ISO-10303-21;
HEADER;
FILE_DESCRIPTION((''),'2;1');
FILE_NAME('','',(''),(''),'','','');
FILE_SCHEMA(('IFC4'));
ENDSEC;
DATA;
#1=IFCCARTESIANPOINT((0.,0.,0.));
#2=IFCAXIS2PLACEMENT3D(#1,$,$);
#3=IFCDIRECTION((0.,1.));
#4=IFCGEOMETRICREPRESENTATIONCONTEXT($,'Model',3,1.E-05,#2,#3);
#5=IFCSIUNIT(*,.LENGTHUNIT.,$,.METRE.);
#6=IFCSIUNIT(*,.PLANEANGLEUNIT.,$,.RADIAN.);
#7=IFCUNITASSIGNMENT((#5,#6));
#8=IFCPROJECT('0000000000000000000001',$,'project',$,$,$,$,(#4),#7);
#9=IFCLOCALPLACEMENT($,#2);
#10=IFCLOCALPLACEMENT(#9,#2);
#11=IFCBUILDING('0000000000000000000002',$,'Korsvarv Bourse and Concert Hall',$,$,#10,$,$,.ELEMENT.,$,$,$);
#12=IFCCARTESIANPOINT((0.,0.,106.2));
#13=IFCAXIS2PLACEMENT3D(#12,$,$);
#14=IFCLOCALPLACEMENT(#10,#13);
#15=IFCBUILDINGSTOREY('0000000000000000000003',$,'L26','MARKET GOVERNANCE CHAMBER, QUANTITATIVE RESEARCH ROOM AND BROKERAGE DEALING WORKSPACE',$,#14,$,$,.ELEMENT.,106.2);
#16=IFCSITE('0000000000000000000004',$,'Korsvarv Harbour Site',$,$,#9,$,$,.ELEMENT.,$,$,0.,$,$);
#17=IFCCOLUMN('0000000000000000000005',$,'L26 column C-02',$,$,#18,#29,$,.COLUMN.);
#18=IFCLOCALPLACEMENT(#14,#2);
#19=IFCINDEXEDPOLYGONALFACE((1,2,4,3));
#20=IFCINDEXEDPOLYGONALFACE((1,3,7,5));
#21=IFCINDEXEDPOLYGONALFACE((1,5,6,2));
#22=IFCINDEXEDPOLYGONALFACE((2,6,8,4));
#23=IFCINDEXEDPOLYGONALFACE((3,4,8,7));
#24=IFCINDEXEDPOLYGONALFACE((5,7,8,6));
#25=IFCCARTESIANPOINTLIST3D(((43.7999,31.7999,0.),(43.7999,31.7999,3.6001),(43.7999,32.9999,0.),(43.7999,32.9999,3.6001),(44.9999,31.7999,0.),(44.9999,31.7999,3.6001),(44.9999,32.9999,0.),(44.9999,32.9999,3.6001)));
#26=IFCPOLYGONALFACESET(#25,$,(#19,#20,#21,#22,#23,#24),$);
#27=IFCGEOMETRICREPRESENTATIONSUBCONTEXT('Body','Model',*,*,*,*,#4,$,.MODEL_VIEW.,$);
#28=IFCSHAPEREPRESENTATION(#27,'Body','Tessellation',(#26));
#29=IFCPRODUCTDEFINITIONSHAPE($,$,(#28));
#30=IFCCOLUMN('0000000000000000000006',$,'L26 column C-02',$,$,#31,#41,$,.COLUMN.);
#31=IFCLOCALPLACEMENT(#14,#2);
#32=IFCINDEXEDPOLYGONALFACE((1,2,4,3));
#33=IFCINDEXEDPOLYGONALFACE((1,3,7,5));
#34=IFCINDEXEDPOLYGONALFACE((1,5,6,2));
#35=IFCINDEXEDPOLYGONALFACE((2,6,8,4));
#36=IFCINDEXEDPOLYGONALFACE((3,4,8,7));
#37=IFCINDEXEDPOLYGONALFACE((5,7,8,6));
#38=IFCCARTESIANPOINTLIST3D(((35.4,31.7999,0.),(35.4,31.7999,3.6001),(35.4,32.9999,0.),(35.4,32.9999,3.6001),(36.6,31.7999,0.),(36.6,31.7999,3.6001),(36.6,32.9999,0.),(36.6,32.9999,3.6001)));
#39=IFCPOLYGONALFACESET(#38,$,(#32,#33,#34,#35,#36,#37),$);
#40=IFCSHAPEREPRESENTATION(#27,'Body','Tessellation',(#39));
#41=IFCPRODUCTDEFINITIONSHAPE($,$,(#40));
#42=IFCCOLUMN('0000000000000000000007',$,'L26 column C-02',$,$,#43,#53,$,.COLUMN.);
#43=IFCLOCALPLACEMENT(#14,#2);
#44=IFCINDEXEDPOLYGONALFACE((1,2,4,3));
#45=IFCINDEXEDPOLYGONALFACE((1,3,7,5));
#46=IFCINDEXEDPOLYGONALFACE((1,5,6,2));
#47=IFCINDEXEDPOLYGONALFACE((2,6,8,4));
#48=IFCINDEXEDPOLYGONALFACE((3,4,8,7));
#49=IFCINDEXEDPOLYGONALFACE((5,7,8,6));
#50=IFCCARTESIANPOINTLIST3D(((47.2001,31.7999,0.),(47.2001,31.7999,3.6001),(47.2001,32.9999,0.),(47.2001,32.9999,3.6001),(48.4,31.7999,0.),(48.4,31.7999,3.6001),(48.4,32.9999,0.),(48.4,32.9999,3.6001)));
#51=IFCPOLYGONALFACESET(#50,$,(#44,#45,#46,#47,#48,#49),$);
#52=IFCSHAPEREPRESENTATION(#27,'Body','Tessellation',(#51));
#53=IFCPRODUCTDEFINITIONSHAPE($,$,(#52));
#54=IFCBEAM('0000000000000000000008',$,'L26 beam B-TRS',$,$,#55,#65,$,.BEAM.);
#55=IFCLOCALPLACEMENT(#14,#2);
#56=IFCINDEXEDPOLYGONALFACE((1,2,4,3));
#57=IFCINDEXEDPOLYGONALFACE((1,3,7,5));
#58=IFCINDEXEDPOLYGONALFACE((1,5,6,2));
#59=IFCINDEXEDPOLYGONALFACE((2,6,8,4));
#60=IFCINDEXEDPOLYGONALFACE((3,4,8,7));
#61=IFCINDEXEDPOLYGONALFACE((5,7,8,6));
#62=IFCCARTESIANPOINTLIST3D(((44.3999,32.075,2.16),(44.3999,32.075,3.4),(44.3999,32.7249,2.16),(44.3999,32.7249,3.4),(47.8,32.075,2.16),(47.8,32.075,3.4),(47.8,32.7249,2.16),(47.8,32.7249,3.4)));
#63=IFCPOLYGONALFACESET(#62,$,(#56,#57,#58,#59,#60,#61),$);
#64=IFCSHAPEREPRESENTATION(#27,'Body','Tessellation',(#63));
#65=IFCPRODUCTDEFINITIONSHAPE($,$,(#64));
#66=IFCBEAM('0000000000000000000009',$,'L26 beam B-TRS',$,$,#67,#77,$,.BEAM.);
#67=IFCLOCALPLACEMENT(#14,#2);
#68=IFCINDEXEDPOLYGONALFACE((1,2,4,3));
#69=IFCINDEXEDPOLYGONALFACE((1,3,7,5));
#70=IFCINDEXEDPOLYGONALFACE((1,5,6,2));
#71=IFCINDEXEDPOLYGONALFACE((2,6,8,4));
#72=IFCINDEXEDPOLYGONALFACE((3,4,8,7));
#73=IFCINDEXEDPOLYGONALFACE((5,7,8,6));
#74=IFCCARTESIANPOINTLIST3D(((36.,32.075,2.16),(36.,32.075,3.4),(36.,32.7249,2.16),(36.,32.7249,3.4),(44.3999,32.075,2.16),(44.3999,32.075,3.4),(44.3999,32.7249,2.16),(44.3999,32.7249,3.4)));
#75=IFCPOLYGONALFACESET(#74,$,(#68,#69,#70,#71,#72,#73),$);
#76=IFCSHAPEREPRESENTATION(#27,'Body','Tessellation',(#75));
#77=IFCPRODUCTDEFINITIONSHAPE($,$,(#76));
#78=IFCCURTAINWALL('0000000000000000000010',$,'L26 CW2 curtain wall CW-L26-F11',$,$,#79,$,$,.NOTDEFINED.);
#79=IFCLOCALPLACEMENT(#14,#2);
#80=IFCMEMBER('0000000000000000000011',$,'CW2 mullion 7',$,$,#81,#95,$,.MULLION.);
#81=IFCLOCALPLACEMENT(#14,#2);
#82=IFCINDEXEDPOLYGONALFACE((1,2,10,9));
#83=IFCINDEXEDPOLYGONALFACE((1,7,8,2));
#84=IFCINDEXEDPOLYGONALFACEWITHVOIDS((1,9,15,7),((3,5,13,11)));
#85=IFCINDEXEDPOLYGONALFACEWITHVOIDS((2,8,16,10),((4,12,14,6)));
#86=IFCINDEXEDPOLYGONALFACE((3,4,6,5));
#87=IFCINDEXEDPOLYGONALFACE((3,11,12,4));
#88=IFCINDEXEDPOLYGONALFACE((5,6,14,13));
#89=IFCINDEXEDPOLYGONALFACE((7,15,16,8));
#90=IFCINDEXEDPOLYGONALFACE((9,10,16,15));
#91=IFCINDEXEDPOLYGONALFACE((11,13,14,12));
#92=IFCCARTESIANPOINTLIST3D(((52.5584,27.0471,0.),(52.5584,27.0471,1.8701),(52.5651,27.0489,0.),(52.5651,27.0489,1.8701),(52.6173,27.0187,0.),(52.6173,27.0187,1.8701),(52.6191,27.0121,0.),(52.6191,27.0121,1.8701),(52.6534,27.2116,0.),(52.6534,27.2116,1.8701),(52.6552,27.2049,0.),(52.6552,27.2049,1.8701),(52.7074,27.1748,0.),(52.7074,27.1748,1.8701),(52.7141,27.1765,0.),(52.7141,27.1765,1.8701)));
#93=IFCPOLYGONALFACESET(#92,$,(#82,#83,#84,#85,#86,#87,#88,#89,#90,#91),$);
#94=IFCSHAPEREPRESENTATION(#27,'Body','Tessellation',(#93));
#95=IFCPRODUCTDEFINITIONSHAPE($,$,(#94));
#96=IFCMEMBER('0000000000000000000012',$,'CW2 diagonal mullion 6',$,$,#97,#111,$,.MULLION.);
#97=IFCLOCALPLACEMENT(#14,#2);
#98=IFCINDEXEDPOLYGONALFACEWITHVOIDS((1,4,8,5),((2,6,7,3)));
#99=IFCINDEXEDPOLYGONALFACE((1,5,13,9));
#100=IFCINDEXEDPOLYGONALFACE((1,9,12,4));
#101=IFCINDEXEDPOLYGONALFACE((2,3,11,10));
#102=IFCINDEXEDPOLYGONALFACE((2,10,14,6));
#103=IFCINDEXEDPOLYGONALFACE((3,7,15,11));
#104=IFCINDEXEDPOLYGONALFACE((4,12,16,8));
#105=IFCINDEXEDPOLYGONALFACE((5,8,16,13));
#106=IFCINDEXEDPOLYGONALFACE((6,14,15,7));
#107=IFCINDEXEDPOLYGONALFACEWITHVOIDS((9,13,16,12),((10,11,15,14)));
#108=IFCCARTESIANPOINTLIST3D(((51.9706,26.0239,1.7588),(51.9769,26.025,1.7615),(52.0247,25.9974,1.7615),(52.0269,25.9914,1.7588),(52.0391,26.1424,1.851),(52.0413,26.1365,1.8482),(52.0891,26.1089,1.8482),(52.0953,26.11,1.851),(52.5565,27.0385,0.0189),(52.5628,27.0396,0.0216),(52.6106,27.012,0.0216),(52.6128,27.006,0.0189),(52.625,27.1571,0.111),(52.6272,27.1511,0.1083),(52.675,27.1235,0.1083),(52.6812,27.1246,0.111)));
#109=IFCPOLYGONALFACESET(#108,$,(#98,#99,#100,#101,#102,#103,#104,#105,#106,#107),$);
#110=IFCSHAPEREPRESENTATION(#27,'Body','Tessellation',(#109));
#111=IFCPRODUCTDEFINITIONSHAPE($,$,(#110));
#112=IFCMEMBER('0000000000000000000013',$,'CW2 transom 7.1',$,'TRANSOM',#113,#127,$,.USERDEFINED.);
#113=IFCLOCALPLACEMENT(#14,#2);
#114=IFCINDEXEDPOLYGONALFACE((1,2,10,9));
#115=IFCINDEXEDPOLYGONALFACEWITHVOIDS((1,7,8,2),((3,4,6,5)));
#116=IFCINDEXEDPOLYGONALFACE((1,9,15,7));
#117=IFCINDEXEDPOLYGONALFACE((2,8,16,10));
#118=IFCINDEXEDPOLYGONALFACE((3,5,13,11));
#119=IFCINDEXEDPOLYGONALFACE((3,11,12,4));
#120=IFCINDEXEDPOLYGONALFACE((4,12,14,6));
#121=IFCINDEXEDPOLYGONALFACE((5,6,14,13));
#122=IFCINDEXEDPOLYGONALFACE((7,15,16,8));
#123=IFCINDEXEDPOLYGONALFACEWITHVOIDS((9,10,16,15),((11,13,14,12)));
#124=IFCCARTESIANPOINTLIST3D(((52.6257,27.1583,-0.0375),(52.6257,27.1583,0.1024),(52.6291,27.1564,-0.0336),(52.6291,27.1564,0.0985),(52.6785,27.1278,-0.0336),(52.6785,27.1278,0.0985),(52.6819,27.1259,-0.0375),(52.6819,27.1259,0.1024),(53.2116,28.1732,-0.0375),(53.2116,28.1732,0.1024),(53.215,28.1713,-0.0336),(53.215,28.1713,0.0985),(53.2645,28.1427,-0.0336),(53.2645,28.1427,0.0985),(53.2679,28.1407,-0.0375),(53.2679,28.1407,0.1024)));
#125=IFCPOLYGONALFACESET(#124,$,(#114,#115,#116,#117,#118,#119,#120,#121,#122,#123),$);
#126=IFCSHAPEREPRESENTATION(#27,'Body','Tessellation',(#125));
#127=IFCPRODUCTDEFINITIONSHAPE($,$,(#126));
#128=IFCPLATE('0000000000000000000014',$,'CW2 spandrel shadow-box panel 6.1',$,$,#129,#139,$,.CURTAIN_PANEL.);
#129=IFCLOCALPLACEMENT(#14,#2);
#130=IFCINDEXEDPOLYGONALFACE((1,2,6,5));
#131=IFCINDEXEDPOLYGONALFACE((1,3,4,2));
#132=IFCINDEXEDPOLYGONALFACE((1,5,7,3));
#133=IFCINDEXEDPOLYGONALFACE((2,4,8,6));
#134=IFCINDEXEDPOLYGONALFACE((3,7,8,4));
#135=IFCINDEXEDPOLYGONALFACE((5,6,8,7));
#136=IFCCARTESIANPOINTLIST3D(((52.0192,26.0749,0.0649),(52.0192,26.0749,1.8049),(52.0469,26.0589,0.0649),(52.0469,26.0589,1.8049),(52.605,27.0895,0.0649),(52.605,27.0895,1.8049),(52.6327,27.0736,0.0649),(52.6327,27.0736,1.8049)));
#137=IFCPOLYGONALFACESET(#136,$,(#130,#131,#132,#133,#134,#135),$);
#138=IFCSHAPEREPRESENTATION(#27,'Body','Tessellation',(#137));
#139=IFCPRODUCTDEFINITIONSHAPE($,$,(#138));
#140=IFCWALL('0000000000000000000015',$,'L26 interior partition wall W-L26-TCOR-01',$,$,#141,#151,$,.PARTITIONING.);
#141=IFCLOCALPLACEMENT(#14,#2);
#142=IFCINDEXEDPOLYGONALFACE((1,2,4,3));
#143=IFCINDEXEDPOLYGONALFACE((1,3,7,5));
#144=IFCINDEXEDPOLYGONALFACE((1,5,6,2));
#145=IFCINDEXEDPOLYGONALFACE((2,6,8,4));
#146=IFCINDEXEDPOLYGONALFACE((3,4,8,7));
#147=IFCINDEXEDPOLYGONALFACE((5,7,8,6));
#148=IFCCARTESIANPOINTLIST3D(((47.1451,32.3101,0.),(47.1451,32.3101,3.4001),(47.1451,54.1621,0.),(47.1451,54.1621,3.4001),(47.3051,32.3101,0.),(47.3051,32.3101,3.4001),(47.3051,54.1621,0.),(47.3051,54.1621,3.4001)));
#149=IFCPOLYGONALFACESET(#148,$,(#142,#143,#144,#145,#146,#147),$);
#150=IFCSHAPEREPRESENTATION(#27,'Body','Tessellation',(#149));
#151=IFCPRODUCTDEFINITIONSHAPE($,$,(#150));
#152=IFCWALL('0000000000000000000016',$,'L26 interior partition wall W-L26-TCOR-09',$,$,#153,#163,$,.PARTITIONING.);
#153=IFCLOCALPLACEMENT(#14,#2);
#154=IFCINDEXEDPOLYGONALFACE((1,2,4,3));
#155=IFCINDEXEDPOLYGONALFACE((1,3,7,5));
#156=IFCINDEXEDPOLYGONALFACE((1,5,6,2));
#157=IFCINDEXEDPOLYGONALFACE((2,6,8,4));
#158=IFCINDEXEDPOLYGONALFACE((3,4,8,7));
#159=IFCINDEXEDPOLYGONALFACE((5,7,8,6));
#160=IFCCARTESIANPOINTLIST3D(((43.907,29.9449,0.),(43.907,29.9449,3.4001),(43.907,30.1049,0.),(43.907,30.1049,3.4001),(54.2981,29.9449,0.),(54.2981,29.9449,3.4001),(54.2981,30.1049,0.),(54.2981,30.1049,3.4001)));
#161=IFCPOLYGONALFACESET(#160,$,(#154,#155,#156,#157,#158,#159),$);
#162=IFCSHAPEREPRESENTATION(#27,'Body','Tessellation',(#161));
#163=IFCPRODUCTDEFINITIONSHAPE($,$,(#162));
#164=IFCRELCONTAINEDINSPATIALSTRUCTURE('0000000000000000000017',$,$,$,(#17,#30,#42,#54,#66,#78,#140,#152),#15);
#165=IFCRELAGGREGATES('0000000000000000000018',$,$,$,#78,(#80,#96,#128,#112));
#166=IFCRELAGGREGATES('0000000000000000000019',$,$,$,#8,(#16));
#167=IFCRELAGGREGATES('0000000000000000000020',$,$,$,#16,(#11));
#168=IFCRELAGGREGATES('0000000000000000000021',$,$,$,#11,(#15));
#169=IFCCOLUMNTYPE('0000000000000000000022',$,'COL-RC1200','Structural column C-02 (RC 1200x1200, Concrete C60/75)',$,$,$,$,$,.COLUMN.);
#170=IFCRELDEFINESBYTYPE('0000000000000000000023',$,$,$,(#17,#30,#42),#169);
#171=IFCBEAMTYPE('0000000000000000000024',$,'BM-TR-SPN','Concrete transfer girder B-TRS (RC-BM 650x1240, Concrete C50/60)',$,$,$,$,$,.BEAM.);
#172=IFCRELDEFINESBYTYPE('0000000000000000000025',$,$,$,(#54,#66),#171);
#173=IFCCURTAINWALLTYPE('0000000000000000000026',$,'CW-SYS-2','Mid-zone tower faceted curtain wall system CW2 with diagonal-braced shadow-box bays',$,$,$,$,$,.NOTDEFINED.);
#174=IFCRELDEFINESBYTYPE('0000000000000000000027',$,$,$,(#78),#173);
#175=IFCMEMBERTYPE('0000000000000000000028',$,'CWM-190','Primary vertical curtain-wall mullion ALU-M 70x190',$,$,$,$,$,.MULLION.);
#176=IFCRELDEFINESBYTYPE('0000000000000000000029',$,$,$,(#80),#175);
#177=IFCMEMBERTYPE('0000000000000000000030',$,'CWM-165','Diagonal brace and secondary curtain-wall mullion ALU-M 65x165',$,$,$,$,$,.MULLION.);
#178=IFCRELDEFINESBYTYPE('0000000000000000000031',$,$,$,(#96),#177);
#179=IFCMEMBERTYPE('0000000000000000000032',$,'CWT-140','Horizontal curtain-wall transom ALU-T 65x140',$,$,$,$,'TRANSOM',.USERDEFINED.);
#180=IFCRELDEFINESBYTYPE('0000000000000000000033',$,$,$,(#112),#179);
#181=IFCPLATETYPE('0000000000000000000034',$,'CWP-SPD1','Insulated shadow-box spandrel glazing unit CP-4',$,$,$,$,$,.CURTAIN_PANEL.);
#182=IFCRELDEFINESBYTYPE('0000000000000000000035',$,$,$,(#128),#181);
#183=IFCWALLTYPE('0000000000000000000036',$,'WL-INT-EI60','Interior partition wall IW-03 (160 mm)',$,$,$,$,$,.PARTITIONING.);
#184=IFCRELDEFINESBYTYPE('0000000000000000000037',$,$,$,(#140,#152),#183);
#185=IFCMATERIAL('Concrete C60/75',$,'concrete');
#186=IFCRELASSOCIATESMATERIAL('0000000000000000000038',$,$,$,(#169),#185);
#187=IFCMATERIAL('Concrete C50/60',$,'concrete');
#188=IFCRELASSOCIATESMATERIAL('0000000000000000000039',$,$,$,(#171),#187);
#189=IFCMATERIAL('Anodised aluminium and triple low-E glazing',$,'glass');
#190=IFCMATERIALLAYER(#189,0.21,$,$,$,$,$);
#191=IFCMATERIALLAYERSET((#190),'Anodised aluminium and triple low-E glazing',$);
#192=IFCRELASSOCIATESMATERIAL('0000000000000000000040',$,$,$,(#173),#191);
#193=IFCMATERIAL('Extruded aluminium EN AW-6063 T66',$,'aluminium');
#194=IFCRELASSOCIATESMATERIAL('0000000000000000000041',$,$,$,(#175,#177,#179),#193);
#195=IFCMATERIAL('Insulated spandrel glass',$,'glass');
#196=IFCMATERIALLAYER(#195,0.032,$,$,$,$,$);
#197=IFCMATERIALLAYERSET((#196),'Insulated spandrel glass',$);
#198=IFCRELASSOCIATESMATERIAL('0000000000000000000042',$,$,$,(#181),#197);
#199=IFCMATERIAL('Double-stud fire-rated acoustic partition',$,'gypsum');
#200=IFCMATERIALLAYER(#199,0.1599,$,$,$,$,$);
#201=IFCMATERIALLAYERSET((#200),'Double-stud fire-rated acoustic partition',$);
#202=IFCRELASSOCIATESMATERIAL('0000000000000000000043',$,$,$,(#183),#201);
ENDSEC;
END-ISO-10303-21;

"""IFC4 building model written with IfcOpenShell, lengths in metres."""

from ifc_helpers import new_model, si_unit, direction, frame, frame_2d, origin, origin_2d, place, context, subcontext, project, spatial, rectangle, hollow_rectangle, extrude, source, transform, mapped, material, layer, layer_set, material_profile, profile_set, type_object, element, aggregate, save


model = new_model("IFC4")

# Units and contexts
model_context = context("Model", 3, precision=1e-05, world=origin(), true_north=direction((0.0, 1.0)))
body_context = subcontext(model_context, "Body", "Model", "MODEL_VIEW")
ifc_project = project(units=[si_unit("LENGTHUNIT", "METRE"), si_unit("PLANEANGLEUNIT", "RADIAN")], contexts=[model_context])

# Site, building, storey
site_placement = place(None, origin())
site = spatial("IfcSite", under=ifc_project, at=site_placement, Name="Korsvarv Harbour Site", CompositionType="ELEMENT", RefElevation=0.0)
building_placement = place(site_placement, origin())
building = spatial("IfcBuilding", under=site, at=building_placement, Name="Korsvarv Bourse and Concert Hall", CompositionType="ELEMENT")
storey_placement = place(building_placement, frame((0.0, 0.0, 106.2)))
storey = spatial("IfcBuildingStorey", under=building, at=storey_placement, Name="L26", Description="MARKET GOVERNANCE CHAMBER, QUANTITATIVE RESEARCH ROOM AND BROKERAGE DEALING WORKSPACE", CompositionType="ELEMENT", Elevation=106.2)

# Columns
ifc_material_1 = material(Name="Concrete C60/75", Category="concrete")
ifc_material_profile_1 = material_profile(ifc_material_1, rectangle(XDim=1.2, YDim=1.2, at=origin_2d()), Name="RC 1200x1200")
ifc_profile_set_1 = profile_set([ifc_material_profile_1], Name="Concrete C60/75")
column_type = type_object("IfcColumnType", Name="COL-RC1200", Description="Structural column C-02 (RC 1200x1200, Concrete C60/75)", PredefinedType="COLUMN", material=ifc_profile_set_1)
shared_shape_1 = source(origin(), body_context, "Body", "SweptSolid", [
    extrude(rectangle(XDim=1.2, YDim=1.2, at=origin_2d()), origin(), (0.0, 0.0, 1.0), 3.6001),
])
for number, where, z_axis, x_axis, name in (
    (1, (44.3999, 32.3999, 0.0), (0.0, 0.0, 1.0), (1.0, 0.0, 0.0), "L26 column C-02"),
    (2, (36.0, 32.3999, 0.0), (0.0, 0.0, 1.0), (1.0, 0.0, 0.0), "L26 column C-02"),
    (3, (47.8, 32.3999, 0.0), (0.0, 0.0, 1.0), (1.0, 0.0, 0.0), "L26 column C-02"),
):
    element("IfcColumn", number, at=place(storey_placement, frame(where, z_axis=z_axis, x_axis=x_axis)), inside=storey, type_object=column_type, Name=name, PredefinedType="COLUMN", context=body_context, shape_type="MappedRepresentation", body=[
        mapped(shared_shape_1, transform((0.0, 0.0, 0.0), scale=1.0)),
    ])

# Beams
ifc_material_2 = material(Name="Concrete C50/60", Category="concrete")
ifc_material_profile_2 = material_profile(ifc_material_2, rectangle(XDim=0.6499, YDim=1.24, at=origin_2d()), Name="RC-BM 650x1240")
ifc_profile_set_2 = profile_set([ifc_material_profile_2], Name="Concrete C50/60")
beam_type = type_object("IfcBeamType", Name="BM-TR-SPN", Description="Concrete transfer girder B-TRS (RC-BM 650x1240, Concrete C50/60)", PredefinedType="BEAM", material=ifc_profile_set_2)
shared_shape_2 = source(origin(), body_context, "Body", "SweptSolid", [
    extrude(rectangle(XDim=0.6499, YDim=1.24, at=origin_2d()), origin(), (0.0, 0.0, 1.0), 3.4001),
])
beam_1_placement = place(storey_placement, frame((44.3999, 32.3999, 2.78), z_axis=(1.0, 0.0, 0.0), x_axis=(0.0, 1.0, 0.0)))
element("IfcBeam", 4, at=beam_1_placement, inside=storey, type_object=beam_type, Name="L26 beam B-TRS", PredefinedType="BEAM", context=body_context, shape_type="MappedRepresentation", body=[
    mapped(shared_shape_2, transform((0.0, 0.0, 0.0), scale=1.0)),
])
shared_shape_3 = source(origin(), body_context, "Body", "SweptSolid", [
    extrude(rectangle(XDim=0.6499, YDim=1.24, at=origin_2d()), origin(), (0.0, 0.0, 1.0), 8.3999),
])
beam_2_placement = place(storey_placement, frame((36.0, 32.3999, 2.78), z_axis=(1.0, 0.0, 0.0), x_axis=(0.0, 1.0, 0.0)))
element("IfcBeam", 5, at=beam_2_placement, inside=storey, type_object=beam_type, Name="L26 beam B-TRS", PredefinedType="BEAM", context=body_context, shape_type="MappedRepresentation", body=[
    mapped(shared_shape_3, transform((0.0, 0.0, 0.0), scale=1.0)),
])

# Curtain wall, members, plate
ifc_material_3 = material(Name="Anodised aluminium and triple low-E glazing", Category="glass")
ifc_layer_1 = layer(ifc_material_3, 0.21)
ifc_layer_set_1 = layer_set([ifc_layer_1], Name="Anodised aluminium and triple low-E glazing")
curtain_wall_type = type_object("IfcCurtainWallType", Name="CW-SYS-2", Description="Mid-zone tower faceted curtain wall system CW2 with diagonal-braced shadow-box bays", PredefinedType="NOTDEFINED", material=ifc_layer_set_1)
curtain_wall_placement = place(storey_placement, origin())
curtain_wall = element("IfcCurtainWall", 6, at=curtain_wall_placement, inside=storey, type_object=curtain_wall_type, Name="L26 CW2 curtain wall CW-L26-F11", PredefinedType="NOTDEFINED")
ifc_material_4 = material(Name="Extruded aluminium EN AW-6063 T66", Category="aluminium")
ifc_material_profile_3 = material_profile(ifc_material_4, hollow_rectangle(XDim=0.0701, YDim=0.1899, WallThickness=0.0049, at=origin_2d()), Name="ALU-M 70x190")
ifc_profile_set_3 = profile_set([ifc_material_profile_3], Name="Extruded aluminium EN AW-6063 T66")
member_type_1 = type_object("IfcMemberType", Name="CWM-190", Description="Primary vertical curtain-wall mullion ALU-M 70x190", PredefinedType="MULLION", material=ifc_profile_set_3)
shared_shape_4 = source(origin(), body_context, "Body", "SweptSolid", [
    extrude(hollow_rectangle(XDim=0.0701, YDim=0.1899, WallThickness=0.0049, at=origin_2d()), origin(), (0.0, 0.0, 1.0), 1.8701),
])
member_1_placement = place(storey_placement, frame((52.6362, 27.1118, 0.0), z_axis=(0.0, 0.0, 1.0), x_axis=(-0.866024, 0.500002, 0.0)))
member_1 = element("IfcMember", 7, at=member_1_placement, type_object=member_type_1, Name="CW2 mullion 7", PredefinedType="MULLION", context=body_context, shape_type="MappedRepresentation", body=[
    mapped(shared_shape_4, transform((0.0, 0.0, 0.0), scale=1.0)),
])
ifc_material_profile_4 = material_profile(ifc_material_4, hollow_rectangle(XDim=0.0649, YDim=0.165, WallThickness=0.0049, at=origin_2d()), Name="ALU-M 65x165")
ifc_profile_set_4 = profile_set([ifc_material_profile_4], Name="Extruded aluminium EN AW-6063 T66")
member_type_2 = type_object("IfcMemberType", Name="CWM-165", Description="Diagonal brace and secondary curtain-wall mullion ALU-M 65x165", PredefinedType="MULLION", material=ifc_profile_set_4)
shared_shape_5 = source(origin(), body_context, "Body", "SweptSolid", [
    extrude(hollow_rectangle(XDim=0.0649, YDim=0.165, WallThickness=0.0049, at=origin_2d()), origin(), (0.0, 0.0, 1.0), 2.0977),
])
member_2_placement = place(storey_placement, frame((52.6189, 27.0815, 0.0649), z_axis=(-0.279322, -0.483693, 0.82947), x_axis=(0.865977, -0.500083, 0.0)))
member_2 = element("IfcMember", 8, at=member_2_placement, type_object=member_type_2, Name="CW2 diagonal mullion 6", PredefinedType="MULLION", context=body_context, shape_type="MappedRepresentation", body=[
    mapped(shared_shape_5, transform((0.0, 0.0, 0.0), scale=1.0)),
])
ifc_material_profile_5 = material_profile(ifc_material_4, hollow_rectangle(XDim=0.0649, YDim=0.1399, WallThickness=0.0039, at=origin_2d()), Name="ALU-T 65x140")
ifc_profile_set_5 = profile_set([ifc_material_profile_5], Name="Extruded aluminium EN AW-6063 T66")
member_type_3 = type_object("IfcMemberType", Name="CWT-140", Description="Horizontal curtain-wall transom ALU-T 65x140", ElementType="TRANSOM", PredefinedType="USERDEFINED", material=ifc_profile_set_5)
shared_shape_6 = source(origin(), body_context, "Body", "SweptSolid", [
    extrude(hollow_rectangle(XDim=0.0649, YDim=0.1399, WallThickness=0.0039, at=origin_2d()), origin(), (0.0, 0.0, 1.0), 1.1719),
])
member_3_placement = place(storey_placement, frame((52.6538, 27.1421, 0.0325), z_axis=(0.499993, 0.866029, 0.0), x_axis=(-0.866029, 0.499993, 0.0)))
member_3 = element("IfcMember", 9, at=member_3_placement, type_object=member_type_3, Name="CW2 transom 7.1", ObjectType="TRANSOM", PredefinedType="USERDEFINED", context=body_context, shape_type="MappedRepresentation", body=[
    mapped(shared_shape_6, transform((0.0, 0.0, 0.0), scale=1.0)),
])
ifc_material_5 = material(Name="Insulated spandrel glass", Category="glass")
ifc_layer_2 = layer(ifc_material_5, 0.032)
ifc_layer_set_2 = layer_set([ifc_layer_2], Name="Insulated spandrel glass")
plate_type = type_object("IfcPlateType", Name="CWP-SPD1", Description="Insulated shadow-box spandrel glazing unit CP-4", PredefinedType="CURTAIN_PANEL", material=ifc_layer_set_2)
shared_shape_7 = source(origin(), body_context, "Body", "SweptSolid", [
    extrude(rectangle(XDim=1.1716, YDim=0.032, at=origin_2d()), origin(), (0.0, 0.0, 1.0), 1.74),
])
plate_placement = place(storey_placement, frame((52.3259, 26.5742, 0.0649), z_axis=(0.0, 0.0, 1.0), x_axis=(0.500002, 0.866024, 0.0)))
plate = element("IfcPlate", 10, at=plate_placement, type_object=plate_type, Name="CW2 spandrel shadow-box panel 6.1", PredefinedType="CURTAIN_PANEL", context=body_context, shape_type="MappedRepresentation", body=[
    mapped(shared_shape_7, transform((0.0, 0.0, 0.0), scale=1.0)),
])
aggregate(curtain_wall, [member_1, member_2, plate, member_3])

# Walls
ifc_material_6 = material(Name="Double-stud fire-rated acoustic partition", Category="gypsum")
ifc_layer_3 = layer(ifc_material_6, 0.1599)
ifc_layer_set_3 = layer_set([ifc_layer_3], Name="Double-stud fire-rated acoustic partition")
wall_type_1 = type_object("IfcWallType", Name="WL-INT-EI60", Description="Interior partition wall IW-03 (160 mm)", PredefinedType="PARTITIONING", material=ifc_layer_set_3)
wall_1_placement = place(storey_placement, frame((47.2251, 32.3101, 0.0), z_axis=(0.0, 0.0, 1.0), x_axis=(0.0, 1.0, 0.0)))
element("IfcWall", 11, at=wall_1_placement, inside=storey, type_object=wall_type_1, Name="L26 interior partition wall W-L26-TCOR-01", PredefinedType="PARTITIONING", context=body_context, shape_type="SweptSolid", body=[
    extrude(rectangle(XDim=21.8521, YDim=0.1599, at=frame_2d((10.926, 0.0))), origin(), (0.0, 0.0, 1.0), 3.4001),
])
wall_2_placement = place(storey_placement, frame((43.907, 30.0249, 0.0), z_axis=(0.0, 0.0, 1.0), x_axis=(1.0, 0.0, 0.0)))
element("IfcWall", 12, at=wall_2_placement, inside=storey, type_object=wall_type_1, Name="L26 interior partition wall W-L26-TCOR-09", PredefinedType="PARTITIONING", context=body_context, shape_type="SweptSolid", body=[
    extrude(rectangle(XDim=10.3911, YDim=0.1599, at=frame_2d((5.1956, 0.0))), origin(), (0.0, 0.0, 1.0), 3.4001),
])

save(model, "model.ifc")
